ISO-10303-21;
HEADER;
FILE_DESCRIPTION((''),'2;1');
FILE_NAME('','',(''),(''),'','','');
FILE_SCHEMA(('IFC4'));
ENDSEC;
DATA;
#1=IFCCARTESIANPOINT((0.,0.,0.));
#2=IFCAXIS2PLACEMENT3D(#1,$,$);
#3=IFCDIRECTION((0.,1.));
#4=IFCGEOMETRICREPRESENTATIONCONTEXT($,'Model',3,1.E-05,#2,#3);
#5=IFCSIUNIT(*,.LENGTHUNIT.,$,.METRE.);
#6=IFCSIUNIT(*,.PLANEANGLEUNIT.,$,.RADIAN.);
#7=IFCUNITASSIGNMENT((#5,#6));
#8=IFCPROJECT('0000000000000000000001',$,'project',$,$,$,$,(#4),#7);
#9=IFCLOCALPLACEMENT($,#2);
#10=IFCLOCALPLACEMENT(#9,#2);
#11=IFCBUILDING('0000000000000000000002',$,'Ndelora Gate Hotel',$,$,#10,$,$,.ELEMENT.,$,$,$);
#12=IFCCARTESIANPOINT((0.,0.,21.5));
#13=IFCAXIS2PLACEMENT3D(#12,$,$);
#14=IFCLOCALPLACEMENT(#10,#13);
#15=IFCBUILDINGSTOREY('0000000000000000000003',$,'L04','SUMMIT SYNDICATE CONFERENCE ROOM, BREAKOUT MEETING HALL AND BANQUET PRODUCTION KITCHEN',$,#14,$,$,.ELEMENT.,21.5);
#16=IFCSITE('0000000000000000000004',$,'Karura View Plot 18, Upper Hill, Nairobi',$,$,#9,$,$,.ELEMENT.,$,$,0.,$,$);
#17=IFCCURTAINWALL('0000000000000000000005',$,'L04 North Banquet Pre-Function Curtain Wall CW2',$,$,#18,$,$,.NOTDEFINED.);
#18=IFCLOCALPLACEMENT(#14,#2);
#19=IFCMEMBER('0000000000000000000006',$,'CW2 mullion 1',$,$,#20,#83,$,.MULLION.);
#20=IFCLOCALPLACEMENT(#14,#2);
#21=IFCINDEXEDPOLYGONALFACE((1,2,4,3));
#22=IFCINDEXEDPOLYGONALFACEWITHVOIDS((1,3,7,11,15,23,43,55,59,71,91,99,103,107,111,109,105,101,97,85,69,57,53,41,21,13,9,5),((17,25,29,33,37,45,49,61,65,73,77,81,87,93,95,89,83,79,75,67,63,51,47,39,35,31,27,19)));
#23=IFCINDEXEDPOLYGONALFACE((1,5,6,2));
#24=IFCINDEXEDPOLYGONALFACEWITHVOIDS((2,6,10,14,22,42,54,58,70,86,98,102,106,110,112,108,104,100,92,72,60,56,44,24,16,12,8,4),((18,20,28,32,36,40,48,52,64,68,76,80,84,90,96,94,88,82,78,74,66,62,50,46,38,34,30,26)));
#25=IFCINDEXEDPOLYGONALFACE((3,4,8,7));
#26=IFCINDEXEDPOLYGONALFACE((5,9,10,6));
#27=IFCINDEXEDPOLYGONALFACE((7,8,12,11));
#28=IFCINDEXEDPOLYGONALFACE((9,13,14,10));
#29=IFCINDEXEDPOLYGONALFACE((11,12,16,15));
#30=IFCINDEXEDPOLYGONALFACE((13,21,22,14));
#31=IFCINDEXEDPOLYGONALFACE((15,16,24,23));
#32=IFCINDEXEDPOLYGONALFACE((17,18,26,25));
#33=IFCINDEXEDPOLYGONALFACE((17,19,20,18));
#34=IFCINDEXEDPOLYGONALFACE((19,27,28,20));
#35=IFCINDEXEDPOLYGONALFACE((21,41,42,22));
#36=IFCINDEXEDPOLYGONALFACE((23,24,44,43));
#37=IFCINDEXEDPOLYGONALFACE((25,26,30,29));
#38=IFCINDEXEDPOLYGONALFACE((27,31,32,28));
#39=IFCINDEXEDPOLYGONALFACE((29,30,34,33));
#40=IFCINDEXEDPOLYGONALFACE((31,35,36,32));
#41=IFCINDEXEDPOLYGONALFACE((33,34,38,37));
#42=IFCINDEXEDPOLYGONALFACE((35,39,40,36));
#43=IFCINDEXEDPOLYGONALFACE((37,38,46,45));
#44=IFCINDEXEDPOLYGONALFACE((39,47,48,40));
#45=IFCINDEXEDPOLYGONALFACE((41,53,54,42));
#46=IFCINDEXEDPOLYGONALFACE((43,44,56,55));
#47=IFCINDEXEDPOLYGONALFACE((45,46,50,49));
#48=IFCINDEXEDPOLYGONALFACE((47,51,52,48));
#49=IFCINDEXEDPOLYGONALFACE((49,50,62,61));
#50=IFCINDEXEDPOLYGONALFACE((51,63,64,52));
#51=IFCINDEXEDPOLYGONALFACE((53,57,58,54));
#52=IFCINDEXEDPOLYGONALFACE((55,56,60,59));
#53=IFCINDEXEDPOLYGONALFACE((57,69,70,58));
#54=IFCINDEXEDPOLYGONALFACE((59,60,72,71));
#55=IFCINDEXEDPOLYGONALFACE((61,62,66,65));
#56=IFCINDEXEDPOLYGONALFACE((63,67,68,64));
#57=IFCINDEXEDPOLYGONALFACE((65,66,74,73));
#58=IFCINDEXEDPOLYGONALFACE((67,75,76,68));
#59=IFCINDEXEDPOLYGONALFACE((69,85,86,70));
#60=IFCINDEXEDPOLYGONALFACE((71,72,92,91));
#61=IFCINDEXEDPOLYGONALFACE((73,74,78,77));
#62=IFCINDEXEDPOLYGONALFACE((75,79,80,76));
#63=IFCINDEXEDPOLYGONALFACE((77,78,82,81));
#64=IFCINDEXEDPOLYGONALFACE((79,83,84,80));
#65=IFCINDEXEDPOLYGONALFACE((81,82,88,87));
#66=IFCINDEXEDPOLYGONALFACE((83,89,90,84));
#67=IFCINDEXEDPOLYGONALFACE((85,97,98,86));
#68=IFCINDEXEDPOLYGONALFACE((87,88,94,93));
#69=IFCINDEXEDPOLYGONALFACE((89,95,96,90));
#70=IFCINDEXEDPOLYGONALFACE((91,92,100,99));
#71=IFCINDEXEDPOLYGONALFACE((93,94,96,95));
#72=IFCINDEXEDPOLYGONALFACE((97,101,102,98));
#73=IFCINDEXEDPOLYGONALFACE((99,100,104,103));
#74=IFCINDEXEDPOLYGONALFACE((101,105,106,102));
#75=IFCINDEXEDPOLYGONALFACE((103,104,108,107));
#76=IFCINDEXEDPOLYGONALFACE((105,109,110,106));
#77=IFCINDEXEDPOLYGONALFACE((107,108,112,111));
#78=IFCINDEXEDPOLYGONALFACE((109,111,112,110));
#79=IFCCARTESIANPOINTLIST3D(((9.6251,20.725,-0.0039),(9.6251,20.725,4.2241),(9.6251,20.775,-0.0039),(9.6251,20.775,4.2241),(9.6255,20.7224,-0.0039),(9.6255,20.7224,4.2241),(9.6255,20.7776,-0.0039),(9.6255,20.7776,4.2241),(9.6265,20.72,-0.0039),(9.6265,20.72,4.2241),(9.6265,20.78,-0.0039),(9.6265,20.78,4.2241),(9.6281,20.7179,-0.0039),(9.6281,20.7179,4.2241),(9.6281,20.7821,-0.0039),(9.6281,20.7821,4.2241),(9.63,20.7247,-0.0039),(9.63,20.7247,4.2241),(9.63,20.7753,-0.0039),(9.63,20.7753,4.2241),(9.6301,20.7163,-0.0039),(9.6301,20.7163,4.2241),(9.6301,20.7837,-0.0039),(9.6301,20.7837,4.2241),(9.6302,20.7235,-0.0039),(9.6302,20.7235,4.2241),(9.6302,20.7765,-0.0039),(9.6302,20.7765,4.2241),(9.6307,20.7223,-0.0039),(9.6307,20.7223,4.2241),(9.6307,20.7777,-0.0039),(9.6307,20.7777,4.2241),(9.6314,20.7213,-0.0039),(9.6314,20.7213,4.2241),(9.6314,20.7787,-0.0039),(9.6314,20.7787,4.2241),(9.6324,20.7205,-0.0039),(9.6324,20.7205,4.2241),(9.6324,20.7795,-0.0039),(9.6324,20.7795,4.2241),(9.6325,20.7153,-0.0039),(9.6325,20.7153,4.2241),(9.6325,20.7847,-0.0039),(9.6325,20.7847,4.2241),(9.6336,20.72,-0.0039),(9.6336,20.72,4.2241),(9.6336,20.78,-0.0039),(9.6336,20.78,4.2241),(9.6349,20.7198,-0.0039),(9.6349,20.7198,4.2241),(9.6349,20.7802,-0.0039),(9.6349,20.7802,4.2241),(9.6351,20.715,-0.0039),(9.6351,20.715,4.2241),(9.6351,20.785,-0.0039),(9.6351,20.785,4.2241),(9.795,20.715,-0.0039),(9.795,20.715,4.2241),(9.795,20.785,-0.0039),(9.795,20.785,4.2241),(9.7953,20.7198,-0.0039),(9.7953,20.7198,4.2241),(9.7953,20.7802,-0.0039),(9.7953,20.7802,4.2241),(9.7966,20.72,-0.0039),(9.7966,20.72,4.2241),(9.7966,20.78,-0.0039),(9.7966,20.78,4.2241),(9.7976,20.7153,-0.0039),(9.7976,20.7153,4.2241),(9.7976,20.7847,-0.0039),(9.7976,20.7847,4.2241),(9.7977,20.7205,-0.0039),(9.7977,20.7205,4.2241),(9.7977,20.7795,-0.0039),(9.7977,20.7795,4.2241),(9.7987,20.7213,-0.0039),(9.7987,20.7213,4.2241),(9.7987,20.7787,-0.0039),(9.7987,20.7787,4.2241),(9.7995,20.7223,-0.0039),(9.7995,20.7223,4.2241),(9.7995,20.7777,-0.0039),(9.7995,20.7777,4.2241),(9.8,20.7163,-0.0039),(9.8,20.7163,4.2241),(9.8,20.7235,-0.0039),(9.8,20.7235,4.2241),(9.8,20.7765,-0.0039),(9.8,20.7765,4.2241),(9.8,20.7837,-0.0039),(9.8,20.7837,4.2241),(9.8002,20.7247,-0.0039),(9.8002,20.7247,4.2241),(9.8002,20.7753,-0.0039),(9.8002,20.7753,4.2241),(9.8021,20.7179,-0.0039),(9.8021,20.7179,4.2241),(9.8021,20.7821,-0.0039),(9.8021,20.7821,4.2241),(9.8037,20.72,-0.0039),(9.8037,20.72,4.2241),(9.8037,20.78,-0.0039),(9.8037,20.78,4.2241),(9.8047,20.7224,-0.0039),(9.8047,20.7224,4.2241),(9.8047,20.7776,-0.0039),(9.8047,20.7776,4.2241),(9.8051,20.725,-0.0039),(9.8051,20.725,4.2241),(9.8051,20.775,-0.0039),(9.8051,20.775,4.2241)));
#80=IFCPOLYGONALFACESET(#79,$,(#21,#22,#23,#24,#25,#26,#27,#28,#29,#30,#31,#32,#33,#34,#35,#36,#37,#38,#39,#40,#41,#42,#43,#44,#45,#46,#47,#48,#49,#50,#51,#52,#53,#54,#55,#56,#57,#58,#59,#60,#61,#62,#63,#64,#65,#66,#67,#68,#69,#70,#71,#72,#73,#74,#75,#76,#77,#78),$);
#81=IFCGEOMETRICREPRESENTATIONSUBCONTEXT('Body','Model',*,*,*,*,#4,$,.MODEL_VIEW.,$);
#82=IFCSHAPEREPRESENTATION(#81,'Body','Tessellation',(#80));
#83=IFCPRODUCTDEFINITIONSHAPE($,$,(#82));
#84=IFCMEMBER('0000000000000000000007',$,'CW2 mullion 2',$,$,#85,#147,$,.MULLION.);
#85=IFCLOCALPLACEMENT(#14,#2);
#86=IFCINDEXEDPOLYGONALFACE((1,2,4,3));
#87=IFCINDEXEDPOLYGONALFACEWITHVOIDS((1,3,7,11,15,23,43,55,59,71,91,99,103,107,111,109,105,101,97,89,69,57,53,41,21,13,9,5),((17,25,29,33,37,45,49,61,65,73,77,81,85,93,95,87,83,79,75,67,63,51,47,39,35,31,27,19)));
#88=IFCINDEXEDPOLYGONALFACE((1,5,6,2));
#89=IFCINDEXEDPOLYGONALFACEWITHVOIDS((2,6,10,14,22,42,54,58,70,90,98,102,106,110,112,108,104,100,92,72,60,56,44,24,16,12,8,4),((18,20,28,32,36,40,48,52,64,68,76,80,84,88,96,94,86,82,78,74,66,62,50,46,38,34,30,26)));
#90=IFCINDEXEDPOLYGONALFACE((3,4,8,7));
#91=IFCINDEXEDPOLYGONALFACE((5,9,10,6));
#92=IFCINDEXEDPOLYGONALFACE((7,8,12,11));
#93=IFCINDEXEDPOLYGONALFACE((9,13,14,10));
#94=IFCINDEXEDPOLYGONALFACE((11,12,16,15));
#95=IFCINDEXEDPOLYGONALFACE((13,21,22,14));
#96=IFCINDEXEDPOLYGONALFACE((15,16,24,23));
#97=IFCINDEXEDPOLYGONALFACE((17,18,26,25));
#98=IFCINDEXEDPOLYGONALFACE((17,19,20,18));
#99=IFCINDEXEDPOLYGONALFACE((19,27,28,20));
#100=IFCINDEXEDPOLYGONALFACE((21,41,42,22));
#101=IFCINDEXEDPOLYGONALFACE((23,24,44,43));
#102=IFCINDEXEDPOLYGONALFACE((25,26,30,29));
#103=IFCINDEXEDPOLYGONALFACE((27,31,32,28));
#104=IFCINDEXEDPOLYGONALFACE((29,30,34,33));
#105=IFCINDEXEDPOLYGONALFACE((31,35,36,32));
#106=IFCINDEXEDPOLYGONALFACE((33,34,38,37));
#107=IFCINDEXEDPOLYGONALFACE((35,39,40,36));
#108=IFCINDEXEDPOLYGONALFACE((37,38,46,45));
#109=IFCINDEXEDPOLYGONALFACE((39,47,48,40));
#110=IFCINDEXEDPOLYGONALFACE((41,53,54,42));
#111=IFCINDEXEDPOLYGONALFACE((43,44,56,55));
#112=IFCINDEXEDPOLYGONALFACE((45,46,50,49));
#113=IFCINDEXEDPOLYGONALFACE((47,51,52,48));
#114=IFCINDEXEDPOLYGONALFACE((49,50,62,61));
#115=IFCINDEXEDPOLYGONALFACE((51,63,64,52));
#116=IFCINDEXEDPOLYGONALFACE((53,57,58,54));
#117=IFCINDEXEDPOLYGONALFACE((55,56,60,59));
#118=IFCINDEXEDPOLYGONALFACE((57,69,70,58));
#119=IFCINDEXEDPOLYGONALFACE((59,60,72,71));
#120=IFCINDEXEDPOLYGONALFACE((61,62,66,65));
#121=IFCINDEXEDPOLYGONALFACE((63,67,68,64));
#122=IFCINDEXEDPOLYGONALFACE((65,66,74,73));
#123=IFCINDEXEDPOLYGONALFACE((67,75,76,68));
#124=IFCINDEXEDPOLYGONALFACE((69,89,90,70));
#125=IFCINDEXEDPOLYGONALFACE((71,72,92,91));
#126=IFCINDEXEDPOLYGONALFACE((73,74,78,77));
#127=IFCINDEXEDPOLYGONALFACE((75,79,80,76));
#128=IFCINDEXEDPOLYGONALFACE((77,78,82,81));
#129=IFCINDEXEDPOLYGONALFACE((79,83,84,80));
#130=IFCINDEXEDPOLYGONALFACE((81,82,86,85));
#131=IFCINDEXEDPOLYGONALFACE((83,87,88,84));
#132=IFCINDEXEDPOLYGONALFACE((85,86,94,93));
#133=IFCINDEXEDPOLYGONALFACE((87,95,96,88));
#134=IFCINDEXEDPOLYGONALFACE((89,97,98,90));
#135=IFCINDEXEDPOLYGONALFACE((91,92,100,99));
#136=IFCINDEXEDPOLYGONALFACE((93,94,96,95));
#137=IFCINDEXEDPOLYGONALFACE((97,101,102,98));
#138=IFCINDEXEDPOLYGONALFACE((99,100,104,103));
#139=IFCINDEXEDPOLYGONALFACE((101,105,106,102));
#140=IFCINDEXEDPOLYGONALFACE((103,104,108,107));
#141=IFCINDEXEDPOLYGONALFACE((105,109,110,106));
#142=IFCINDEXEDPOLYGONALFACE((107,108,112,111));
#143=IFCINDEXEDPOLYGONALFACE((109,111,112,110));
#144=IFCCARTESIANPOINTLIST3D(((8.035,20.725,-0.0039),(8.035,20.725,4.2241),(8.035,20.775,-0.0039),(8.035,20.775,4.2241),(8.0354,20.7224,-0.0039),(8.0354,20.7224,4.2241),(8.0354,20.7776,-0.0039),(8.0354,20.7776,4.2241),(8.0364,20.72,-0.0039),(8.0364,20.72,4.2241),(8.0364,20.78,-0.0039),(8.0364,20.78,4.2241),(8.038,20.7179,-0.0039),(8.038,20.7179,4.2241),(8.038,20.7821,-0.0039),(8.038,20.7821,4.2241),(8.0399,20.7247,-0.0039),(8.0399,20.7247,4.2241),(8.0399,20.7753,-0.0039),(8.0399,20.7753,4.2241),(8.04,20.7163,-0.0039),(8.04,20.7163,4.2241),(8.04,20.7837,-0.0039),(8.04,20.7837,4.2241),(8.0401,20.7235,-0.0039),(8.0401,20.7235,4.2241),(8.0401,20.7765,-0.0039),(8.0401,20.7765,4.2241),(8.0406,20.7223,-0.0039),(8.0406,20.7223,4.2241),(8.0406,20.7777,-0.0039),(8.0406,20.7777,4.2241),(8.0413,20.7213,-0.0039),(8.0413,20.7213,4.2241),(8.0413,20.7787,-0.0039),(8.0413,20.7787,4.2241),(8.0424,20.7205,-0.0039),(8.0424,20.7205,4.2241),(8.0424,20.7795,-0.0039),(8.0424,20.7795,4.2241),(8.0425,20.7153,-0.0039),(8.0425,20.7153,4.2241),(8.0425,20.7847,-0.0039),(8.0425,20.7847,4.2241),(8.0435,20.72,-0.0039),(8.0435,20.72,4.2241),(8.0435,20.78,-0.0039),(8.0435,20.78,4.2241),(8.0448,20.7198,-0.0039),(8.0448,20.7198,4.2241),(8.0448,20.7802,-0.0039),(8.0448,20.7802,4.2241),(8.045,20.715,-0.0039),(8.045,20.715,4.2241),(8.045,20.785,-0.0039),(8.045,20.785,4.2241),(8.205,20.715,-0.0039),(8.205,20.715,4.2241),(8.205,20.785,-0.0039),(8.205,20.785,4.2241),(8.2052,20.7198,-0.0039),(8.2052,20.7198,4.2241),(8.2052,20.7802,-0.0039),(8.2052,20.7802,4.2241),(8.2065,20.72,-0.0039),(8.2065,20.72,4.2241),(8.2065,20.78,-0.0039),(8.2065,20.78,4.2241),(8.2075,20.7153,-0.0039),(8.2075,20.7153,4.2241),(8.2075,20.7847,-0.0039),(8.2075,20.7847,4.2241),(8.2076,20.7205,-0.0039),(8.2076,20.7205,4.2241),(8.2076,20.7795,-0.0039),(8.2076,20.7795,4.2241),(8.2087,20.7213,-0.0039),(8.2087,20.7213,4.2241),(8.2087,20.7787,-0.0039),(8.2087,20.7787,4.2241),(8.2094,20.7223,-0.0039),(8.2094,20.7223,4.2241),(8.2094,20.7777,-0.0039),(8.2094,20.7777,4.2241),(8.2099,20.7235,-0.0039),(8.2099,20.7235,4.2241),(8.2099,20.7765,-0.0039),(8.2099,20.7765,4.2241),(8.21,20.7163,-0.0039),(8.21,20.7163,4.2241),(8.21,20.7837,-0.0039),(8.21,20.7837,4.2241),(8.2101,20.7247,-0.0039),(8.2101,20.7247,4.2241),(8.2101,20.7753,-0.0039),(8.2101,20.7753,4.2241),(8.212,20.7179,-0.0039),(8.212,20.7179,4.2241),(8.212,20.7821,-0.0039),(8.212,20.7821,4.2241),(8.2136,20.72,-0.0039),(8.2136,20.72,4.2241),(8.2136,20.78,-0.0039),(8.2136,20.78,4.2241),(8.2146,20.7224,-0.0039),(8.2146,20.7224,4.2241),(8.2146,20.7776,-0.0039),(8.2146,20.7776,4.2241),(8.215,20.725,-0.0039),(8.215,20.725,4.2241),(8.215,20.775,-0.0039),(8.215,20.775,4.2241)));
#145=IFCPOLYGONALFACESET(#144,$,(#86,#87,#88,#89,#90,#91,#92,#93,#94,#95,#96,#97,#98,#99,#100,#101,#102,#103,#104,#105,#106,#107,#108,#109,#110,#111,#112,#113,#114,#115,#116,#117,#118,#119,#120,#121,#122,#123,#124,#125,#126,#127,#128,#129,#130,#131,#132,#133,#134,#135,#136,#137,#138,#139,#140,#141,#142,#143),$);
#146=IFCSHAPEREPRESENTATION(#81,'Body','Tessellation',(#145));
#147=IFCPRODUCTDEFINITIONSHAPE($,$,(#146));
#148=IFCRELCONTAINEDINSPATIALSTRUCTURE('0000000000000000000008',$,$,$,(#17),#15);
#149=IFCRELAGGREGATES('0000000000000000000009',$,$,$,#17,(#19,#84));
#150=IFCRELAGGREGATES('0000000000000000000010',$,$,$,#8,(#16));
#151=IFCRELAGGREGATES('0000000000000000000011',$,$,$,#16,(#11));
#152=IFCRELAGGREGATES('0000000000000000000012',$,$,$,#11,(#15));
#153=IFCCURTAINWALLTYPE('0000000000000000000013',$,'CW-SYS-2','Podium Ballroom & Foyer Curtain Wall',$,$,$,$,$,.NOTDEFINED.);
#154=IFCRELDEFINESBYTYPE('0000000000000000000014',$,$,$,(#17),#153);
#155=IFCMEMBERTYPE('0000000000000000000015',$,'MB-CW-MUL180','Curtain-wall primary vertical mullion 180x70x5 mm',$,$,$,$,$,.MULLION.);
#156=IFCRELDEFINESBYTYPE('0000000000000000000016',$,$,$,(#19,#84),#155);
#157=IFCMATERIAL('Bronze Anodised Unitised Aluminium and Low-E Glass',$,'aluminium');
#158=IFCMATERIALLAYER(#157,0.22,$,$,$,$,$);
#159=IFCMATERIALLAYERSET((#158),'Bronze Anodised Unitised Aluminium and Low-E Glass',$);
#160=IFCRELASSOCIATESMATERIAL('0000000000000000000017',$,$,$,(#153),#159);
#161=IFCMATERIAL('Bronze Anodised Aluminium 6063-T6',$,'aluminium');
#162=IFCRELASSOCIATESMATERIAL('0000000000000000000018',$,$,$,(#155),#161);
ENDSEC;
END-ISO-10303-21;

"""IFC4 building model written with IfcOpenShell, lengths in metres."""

from ifc_helpers import new_model, si_unit, direction, frame, origin, origin_2d, place, context, subcontext, project, spatial, hollow_rectangle, extrude, material, layer, layer_set, material_profile, profile_set, type_object, element, aggregate, save


model = new_model("IFC4")

# Units and contexts
model_context = context("Model", 3, precision=1e-05, world=origin(), true_north=direction((0.0, 1.0)))
body_context = subcontext(model_context, "Body", "Model", "MODEL_VIEW")
ifc_project = project(units=[si_unit("LENGTHUNIT", "METRE"), si_unit("PLANEANGLEUNIT", "RADIAN")], contexts=[model_context])

# Site, building, storey
site_placement = place(None, origin())
site = spatial("IfcSite", under=ifc_project, at=site_placement, Name="Karura View Plot 18, Upper Hill, Nairobi", CompositionType="ELEMENT", RefElevation=0.0)
building_placement = place(site_placement, origin())
building = spatial("IfcBuilding", under=site, at=building_placement, Name="Ndelora Gate Hotel", CompositionType="ELEMENT")
storey_placement = place(building_placement, frame((0.0, 0.0, 21.5)))
storey = spatial("IfcBuildingStorey", under=building, at=storey_placement, Name="L04", Description="SUMMIT SYNDICATE CONFERENCE ROOM, BREAKOUT MEETING HALL AND BANQUET PRODUCTION KITCHEN", CompositionType="ELEMENT", Elevation=21.5)

# Curtain wall, members
ifc_material_1 = material(Name="Bronze Anodised Unitised Aluminium and Low-E Glass", Category="aluminium")
ifc_layer_1 = layer(ifc_material_1, 0.22)
ifc_layer_set_1 = layer_set([ifc_layer_1], Name="Bronze Anodised Unitised Aluminium and Low-E Glass")
curtain_wall_type = type_object("IfcCurtainWallType", Name="CW-SYS-2", Description="Podium Ballroom & Foyer Curtain Wall", PredefinedType="NOTDEFINED", material=ifc_layer_set_1)
curtain_wall_placement = place(storey_placement, origin())
curtain_wall = element("IfcCurtainWall", 1, at=curtain_wall_placement, inside=storey, type_object=curtain_wall_type, Name="L04 North Banquet Pre-Function Curtain Wall CW2", PredefinedType="NOTDEFINED")
ifc_material_2 = material(Name="Bronze Anodised Aluminium 6063-T6", Category="aluminium")
ifc_material_profile_1 = material_profile(ifc_material_2, hollow_rectangle(XDim=0.0701, YDim=0.1799, WallThickness=0.0049, InnerFilletRadius=0.0049, OuterFilletRadius=0.01, at=origin_2d()), Name="ALU 180x70x5")
ifc_profile_set_1 = profile_set([ifc_material_profile_1], Name="Bronze Anodised Aluminium 6063-T6")
member_type_1 = type_object("IfcMemberType", Name="MB-CW-MUL180", Description="Curtain-wall primary vertical mullion 180x70x5 mm", PredefinedType="MULLION", material=ifc_profile_set_1)
member_1_placement = place(storey_placement, frame((9.7151, 20.75, -0.0039), z_axis=(0.0, 0.0, 1.0), x_axis=(0.0, -1.0, 0.0)))
member_1 = element("IfcMember", 2, at=member_1_placement, type_object=member_type_1, Name="CW2 mullion 1", PredefinedType="MULLION", context=body_context, shape_type="SweptSolid", body=[
    extrude(hollow_rectangle(XDim=0.0701, YDim=0.1799, WallThickness=0.0049, InnerFilletRadius=0.0049, OuterFilletRadius=0.01, at=origin_2d()), origin(), (0.0, 0.0, 1.0), 4.228),
])
member_2_placement = place(storey_placement, frame((8.125, 20.75, -0.0039), z_axis=(0.0, 0.0, 1.0), x_axis=(0.0, -1.0, 0.0)))
member_2 = element("IfcMember", 3, at=member_2_placement, type_object=member_type_1, Name="CW2 mullion 2", PredefinedType="MULLION", context=body_context, shape_type="SweptSolid", body=[
    extrude(hollow_rectangle(XDim=0.0701, YDim=0.1799, WallThickness=0.0049, InnerFilletRadius=0.0049, OuterFilletRadius=0.01, at=origin_2d()), origin(), (0.0, 0.0, 1.0), 4.228),
])
aggregate(curtain_wall, [member_1, member_2])

save(model, "model.ifc")
